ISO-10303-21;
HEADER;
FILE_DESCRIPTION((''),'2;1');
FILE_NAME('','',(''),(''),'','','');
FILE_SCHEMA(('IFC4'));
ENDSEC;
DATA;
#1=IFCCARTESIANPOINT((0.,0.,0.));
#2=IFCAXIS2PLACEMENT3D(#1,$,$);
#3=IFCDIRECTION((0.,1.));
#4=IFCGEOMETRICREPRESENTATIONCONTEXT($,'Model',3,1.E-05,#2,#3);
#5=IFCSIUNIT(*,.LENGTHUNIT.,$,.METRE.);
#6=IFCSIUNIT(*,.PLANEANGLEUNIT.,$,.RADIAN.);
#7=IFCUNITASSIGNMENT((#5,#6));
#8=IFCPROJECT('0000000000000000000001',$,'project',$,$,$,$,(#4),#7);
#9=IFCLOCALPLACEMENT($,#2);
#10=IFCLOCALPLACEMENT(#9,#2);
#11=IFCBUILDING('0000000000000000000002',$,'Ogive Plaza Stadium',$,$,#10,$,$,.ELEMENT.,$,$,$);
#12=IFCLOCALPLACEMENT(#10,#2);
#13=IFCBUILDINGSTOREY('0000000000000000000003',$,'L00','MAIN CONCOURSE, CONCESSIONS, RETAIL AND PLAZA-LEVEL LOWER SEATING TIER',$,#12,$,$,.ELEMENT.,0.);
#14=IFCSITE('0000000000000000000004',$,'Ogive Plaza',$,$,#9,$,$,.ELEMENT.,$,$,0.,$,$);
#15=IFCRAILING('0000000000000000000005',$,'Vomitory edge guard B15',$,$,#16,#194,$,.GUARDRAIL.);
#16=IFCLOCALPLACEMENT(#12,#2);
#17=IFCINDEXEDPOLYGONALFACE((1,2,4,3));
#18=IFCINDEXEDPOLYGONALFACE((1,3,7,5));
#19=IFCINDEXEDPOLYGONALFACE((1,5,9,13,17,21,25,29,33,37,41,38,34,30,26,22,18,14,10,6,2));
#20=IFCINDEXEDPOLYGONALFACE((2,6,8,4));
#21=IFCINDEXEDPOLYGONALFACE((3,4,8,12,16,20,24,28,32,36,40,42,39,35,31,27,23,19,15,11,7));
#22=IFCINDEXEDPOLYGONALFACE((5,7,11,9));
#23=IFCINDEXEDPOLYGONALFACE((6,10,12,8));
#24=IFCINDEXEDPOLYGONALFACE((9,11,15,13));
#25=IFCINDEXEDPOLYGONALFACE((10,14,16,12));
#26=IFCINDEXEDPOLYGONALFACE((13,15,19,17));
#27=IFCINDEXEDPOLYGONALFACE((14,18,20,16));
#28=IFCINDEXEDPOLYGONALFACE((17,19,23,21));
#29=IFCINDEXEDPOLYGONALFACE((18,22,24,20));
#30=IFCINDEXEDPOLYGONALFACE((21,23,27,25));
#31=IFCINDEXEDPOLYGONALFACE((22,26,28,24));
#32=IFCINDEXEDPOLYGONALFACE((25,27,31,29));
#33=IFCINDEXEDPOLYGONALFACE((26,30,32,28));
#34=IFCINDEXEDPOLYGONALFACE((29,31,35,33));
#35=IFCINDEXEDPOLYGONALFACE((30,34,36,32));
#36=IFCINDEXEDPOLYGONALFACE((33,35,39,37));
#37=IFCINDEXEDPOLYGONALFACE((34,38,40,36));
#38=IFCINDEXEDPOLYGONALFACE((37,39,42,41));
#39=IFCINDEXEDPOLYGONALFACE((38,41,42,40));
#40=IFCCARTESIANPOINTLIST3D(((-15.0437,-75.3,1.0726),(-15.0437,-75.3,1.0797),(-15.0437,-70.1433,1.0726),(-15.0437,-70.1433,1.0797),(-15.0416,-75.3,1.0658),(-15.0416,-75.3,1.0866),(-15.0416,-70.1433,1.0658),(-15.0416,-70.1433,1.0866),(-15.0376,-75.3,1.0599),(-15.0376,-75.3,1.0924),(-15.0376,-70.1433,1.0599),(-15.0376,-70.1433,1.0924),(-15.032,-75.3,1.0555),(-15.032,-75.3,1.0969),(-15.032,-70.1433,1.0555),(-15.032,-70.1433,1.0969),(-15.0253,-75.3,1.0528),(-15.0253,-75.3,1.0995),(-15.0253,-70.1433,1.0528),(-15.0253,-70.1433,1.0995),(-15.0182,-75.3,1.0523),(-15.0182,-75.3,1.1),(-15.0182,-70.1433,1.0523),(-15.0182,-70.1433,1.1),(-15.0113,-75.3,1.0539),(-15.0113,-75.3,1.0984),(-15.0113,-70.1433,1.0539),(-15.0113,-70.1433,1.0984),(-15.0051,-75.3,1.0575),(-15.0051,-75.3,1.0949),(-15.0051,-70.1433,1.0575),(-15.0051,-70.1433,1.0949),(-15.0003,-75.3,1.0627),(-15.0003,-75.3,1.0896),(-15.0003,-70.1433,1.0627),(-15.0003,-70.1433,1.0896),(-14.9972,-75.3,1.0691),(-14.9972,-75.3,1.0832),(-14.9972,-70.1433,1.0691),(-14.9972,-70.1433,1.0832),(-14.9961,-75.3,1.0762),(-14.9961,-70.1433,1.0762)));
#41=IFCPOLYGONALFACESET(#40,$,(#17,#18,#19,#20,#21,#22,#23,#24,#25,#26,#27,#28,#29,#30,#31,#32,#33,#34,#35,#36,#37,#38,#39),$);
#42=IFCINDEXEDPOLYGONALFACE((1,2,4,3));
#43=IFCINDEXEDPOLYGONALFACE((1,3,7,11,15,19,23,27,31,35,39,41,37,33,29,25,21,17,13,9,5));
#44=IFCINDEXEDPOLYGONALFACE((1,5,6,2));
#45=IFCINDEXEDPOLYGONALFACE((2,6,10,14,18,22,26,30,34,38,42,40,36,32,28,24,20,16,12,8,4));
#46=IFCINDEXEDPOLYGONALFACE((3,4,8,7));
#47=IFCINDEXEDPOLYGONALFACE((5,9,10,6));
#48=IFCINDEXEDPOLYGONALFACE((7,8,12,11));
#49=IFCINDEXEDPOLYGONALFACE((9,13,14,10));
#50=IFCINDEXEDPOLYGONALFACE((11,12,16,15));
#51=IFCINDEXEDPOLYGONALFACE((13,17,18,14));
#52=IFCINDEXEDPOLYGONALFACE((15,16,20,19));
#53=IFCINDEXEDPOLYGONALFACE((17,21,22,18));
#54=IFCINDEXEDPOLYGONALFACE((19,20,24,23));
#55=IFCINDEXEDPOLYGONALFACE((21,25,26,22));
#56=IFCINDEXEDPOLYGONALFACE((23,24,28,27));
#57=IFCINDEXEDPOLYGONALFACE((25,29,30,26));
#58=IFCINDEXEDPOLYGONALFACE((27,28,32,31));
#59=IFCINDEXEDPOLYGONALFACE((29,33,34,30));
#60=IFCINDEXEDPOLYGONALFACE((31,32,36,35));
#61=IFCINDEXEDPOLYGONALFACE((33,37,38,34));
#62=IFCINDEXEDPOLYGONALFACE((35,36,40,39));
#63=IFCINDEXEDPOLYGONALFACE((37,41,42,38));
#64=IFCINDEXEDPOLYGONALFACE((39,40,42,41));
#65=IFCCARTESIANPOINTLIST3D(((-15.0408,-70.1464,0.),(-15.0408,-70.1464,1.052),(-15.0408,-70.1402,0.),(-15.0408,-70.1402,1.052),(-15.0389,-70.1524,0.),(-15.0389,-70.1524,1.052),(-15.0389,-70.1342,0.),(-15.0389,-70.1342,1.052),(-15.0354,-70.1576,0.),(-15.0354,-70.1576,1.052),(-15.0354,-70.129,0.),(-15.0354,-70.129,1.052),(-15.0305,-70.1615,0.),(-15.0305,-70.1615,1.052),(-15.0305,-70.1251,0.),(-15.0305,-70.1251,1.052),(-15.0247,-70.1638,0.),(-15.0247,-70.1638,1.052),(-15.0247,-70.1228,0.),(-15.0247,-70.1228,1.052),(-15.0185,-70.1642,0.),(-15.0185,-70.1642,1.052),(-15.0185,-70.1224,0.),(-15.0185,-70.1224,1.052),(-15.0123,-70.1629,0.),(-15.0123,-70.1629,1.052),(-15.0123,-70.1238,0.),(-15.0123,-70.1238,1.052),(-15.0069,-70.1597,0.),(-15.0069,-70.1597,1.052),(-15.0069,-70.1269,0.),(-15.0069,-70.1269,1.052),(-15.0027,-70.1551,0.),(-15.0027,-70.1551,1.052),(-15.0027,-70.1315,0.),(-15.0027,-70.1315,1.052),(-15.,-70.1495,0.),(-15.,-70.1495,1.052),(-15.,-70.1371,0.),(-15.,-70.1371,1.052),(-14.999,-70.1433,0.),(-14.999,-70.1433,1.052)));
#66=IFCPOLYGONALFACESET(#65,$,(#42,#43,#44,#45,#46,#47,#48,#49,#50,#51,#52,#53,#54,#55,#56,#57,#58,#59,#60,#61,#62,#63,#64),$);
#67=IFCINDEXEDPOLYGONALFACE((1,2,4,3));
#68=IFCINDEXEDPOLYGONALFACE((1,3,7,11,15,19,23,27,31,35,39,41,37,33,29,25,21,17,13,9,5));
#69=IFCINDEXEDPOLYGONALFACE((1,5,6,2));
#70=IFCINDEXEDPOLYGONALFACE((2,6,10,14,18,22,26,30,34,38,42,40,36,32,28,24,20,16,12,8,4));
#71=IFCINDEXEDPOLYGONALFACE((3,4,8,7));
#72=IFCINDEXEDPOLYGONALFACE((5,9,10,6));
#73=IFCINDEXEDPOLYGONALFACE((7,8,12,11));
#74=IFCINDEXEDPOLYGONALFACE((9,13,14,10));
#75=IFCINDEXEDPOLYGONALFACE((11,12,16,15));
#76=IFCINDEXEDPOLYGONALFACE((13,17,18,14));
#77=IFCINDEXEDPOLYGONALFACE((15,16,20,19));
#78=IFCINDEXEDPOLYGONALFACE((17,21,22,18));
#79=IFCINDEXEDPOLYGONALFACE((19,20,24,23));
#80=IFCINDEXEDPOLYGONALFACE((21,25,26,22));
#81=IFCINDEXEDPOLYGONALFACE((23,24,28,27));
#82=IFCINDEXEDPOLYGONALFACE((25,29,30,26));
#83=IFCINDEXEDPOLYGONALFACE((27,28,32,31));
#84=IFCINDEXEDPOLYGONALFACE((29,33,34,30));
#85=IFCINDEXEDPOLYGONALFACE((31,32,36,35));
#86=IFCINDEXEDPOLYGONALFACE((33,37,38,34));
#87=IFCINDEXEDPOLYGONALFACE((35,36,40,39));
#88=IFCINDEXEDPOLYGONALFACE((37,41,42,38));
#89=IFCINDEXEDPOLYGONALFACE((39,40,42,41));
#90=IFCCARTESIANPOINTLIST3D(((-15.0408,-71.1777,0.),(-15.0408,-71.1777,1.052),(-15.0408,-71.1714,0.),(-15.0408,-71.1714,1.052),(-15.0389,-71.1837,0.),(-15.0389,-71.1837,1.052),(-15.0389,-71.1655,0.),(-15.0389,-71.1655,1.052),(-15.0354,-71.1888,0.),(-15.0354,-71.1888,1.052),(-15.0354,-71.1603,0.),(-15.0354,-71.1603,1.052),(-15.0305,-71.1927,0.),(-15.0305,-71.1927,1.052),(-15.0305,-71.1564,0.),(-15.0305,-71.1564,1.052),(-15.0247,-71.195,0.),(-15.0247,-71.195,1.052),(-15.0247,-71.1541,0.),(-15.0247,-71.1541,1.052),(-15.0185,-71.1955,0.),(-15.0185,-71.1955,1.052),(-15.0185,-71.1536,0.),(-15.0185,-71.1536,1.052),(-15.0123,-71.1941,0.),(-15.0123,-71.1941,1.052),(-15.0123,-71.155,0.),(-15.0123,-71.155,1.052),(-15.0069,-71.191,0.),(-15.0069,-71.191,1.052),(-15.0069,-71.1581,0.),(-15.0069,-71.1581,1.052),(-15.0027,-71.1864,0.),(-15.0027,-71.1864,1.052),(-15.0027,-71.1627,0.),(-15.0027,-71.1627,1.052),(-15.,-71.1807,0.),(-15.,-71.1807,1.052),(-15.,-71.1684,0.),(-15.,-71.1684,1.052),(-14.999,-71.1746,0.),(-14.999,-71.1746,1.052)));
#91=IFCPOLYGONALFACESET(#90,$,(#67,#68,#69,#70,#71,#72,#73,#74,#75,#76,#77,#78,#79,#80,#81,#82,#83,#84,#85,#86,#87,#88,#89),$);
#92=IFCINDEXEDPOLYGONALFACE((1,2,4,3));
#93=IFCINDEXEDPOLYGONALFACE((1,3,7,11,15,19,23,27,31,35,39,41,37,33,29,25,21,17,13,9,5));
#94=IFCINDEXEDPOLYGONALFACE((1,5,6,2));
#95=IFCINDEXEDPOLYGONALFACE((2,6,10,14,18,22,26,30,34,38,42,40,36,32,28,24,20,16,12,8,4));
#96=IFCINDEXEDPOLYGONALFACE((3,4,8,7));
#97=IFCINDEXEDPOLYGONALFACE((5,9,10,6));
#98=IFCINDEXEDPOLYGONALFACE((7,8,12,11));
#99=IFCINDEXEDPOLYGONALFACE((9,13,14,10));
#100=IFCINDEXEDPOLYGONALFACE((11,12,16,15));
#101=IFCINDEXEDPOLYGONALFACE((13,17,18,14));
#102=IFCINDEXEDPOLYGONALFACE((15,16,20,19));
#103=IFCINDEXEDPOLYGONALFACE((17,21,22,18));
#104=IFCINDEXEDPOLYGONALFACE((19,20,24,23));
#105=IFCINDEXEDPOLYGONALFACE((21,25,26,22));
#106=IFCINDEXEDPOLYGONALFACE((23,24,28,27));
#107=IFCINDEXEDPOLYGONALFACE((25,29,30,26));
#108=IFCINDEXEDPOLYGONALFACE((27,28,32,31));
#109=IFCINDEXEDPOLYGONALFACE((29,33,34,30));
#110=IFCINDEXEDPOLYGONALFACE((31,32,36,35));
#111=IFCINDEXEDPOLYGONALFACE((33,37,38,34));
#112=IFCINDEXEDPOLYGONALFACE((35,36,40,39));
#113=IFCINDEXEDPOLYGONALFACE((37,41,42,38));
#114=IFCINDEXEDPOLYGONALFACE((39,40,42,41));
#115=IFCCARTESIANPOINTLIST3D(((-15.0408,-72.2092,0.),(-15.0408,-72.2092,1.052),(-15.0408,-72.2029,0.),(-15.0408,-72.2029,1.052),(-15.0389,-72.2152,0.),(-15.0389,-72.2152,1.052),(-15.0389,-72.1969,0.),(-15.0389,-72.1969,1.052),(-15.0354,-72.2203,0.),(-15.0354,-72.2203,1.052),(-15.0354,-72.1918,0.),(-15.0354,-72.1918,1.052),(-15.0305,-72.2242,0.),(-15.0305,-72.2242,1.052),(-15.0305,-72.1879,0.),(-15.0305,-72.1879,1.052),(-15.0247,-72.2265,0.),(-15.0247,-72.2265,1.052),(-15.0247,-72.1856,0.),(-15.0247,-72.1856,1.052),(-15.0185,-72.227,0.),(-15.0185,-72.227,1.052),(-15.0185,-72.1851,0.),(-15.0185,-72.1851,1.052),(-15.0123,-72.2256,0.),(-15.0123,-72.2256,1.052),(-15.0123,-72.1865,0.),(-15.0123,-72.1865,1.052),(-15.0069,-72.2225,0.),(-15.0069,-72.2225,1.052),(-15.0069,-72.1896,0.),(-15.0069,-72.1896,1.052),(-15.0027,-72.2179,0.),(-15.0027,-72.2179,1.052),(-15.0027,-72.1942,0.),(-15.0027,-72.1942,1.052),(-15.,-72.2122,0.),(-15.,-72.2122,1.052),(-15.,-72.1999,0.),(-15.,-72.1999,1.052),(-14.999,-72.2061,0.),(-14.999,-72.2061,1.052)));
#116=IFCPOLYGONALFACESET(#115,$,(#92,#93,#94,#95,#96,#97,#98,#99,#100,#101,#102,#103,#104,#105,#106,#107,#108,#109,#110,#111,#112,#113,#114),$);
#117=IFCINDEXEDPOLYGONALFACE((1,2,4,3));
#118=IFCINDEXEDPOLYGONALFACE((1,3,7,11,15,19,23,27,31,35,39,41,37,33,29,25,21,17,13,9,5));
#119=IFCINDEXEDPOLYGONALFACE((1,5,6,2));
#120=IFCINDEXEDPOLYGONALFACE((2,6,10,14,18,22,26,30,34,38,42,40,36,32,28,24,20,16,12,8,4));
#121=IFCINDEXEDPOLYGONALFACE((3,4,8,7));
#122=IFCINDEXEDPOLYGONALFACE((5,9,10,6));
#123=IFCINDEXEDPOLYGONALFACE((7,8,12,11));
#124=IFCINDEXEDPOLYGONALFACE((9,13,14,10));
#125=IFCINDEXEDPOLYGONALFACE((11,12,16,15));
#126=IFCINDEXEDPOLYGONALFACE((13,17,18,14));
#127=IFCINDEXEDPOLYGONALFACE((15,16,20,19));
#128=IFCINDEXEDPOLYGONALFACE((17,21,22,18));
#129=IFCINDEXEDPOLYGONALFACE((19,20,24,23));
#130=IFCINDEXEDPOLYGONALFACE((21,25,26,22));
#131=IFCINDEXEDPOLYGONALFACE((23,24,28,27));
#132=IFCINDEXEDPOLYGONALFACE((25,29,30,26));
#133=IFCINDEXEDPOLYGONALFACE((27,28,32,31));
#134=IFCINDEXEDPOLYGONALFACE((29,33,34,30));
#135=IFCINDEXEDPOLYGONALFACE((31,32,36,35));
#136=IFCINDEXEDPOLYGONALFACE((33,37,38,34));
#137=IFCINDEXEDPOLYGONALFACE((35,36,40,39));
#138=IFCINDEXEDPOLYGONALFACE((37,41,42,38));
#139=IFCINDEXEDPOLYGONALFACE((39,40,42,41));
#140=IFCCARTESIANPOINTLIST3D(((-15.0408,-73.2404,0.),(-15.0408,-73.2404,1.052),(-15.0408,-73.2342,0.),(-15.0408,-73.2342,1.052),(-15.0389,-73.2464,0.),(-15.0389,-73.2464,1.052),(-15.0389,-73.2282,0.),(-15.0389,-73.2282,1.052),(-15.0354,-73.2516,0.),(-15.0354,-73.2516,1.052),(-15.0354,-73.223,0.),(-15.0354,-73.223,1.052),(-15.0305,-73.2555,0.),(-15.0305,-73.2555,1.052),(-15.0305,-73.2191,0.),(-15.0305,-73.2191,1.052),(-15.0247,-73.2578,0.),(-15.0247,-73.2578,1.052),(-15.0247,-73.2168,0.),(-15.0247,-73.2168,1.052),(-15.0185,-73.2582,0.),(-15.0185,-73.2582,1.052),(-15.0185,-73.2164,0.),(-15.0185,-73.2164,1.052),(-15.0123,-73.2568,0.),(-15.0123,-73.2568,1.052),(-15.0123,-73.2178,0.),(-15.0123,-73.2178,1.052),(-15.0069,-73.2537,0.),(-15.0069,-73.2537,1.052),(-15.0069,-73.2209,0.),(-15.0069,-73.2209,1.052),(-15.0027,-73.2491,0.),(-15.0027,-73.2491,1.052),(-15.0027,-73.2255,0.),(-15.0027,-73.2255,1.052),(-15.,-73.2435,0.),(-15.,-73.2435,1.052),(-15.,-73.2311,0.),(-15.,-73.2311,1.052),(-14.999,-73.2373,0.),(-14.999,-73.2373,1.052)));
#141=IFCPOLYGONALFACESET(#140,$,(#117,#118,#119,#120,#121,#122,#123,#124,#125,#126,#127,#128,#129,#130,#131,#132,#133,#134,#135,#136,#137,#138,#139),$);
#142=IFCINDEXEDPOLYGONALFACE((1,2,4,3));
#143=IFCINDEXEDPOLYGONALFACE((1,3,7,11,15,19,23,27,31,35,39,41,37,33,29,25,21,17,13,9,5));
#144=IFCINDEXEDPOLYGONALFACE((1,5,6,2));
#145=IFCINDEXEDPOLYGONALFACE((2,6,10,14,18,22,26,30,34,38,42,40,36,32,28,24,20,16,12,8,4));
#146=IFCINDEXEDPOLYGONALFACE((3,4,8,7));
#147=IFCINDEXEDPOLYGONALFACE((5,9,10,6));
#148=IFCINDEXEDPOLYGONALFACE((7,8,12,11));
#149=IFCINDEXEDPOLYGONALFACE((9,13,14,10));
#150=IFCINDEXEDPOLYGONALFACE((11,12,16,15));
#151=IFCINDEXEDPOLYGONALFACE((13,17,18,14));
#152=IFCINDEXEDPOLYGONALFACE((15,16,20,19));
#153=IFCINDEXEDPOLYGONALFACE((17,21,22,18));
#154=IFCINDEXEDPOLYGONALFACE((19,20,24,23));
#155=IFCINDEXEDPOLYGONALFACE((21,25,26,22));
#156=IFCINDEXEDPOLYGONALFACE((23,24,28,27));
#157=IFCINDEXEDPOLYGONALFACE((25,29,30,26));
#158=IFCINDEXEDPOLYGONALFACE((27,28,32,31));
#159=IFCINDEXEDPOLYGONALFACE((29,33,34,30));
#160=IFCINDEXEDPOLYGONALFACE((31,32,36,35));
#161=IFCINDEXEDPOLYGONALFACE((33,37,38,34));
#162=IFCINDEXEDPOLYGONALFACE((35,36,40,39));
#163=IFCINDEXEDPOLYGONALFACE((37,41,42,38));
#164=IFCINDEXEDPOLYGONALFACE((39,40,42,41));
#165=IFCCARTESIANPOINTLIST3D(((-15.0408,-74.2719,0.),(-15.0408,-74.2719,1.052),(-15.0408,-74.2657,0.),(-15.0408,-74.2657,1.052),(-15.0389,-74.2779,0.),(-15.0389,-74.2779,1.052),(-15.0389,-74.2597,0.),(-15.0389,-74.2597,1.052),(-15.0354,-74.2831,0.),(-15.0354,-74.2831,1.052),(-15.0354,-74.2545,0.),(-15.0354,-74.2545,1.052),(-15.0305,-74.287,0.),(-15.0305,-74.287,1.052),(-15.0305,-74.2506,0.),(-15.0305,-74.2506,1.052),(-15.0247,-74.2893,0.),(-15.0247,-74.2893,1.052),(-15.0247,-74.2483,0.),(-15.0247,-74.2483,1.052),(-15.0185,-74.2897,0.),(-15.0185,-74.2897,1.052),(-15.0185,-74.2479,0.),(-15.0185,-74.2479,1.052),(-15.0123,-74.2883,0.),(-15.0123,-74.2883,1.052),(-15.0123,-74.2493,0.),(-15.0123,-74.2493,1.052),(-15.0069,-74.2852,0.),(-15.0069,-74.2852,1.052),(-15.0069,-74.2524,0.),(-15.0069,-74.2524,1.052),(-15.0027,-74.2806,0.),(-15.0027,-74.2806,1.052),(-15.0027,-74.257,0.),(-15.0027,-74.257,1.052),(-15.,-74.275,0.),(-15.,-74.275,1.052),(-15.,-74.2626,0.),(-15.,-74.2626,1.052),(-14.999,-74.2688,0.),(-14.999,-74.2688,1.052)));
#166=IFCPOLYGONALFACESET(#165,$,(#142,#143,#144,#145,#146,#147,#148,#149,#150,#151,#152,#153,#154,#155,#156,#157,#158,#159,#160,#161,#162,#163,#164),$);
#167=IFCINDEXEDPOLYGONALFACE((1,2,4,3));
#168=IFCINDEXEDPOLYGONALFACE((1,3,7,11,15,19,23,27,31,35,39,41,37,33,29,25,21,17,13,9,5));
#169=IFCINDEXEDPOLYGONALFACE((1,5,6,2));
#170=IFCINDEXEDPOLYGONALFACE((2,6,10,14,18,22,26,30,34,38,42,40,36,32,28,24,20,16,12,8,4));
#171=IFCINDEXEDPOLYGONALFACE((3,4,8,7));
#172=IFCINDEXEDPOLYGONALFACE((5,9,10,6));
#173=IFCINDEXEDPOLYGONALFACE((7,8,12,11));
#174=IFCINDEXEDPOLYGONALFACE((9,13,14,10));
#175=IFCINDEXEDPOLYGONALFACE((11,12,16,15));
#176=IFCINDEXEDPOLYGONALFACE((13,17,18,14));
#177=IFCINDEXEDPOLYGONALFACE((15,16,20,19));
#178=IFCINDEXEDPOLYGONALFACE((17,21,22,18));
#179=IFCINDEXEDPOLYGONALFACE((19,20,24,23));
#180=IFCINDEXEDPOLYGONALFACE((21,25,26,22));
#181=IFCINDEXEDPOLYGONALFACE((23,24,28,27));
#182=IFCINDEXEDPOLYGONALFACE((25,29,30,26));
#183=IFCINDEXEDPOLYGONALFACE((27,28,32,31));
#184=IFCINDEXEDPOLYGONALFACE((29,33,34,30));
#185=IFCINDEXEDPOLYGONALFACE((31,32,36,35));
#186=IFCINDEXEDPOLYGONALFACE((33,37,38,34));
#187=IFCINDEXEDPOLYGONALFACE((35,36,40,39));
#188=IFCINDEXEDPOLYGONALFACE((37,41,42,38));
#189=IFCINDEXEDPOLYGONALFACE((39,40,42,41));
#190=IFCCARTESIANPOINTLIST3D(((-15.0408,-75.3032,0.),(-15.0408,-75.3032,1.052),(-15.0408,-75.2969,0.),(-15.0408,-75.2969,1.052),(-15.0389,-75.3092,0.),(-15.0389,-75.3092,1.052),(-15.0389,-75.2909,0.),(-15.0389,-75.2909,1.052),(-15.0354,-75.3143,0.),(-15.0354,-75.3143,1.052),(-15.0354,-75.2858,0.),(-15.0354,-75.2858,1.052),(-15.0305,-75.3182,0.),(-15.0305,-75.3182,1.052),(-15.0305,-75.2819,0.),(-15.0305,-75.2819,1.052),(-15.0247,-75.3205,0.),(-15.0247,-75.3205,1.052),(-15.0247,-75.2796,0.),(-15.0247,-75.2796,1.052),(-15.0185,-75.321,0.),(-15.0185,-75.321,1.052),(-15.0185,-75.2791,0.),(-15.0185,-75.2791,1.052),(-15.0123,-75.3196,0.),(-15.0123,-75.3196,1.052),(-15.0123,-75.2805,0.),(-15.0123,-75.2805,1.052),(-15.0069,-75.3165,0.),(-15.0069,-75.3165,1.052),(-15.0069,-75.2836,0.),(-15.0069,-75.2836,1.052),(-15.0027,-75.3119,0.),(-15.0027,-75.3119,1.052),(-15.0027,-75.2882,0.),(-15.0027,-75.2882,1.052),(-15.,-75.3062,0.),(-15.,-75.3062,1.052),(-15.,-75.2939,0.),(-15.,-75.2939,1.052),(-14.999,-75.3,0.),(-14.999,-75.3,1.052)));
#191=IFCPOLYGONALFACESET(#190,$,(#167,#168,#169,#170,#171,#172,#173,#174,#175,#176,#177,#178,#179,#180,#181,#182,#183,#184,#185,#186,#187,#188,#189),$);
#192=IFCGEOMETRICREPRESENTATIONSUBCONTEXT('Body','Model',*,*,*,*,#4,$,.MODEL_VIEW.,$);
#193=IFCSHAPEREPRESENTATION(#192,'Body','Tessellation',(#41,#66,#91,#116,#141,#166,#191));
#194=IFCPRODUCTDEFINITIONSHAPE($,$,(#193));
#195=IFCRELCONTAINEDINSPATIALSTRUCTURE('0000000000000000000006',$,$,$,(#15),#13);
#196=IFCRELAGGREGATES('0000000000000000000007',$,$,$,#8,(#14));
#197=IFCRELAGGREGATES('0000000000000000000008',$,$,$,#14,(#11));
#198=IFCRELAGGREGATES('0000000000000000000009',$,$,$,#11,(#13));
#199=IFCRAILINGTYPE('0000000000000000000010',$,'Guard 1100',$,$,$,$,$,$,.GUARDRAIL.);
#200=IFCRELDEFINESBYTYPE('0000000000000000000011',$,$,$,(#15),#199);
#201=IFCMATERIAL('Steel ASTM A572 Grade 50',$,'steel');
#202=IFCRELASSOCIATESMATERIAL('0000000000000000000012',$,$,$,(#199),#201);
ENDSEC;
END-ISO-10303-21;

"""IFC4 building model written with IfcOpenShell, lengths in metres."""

from ifc_helpers import new_model, si_unit, direction, frame, origin, origin_2d, place, context, subcontext, project, spatial, circle, extrude, material, type_object, element, save


model = new_model("IFC4")

# Units and contexts
model_context = context("Model", 3, precision=1e-05, world=origin(), true_north=direction((0.0, 1.0)))
body_context = subcontext(model_context, "Body", "Model", "MODEL_VIEW")
ifc_project = project(units=[si_unit("LENGTHUNIT", "METRE"), si_unit("PLANEANGLEUNIT", "RADIAN")], contexts=[model_context])

# Site, building, storey
site_placement = place(None, origin())
site = spatial("IfcSite", under=ifc_project, at=site_placement, Name="Ogive Plaza", CompositionType="ELEMENT", RefElevation=0.0)
building_placement = place(site_placement, origin())
building = spatial("IfcBuilding", under=site, at=building_placement, Name="Ogive Plaza Stadium", CompositionType="ELEMENT")
storey_placement = place(building_placement, origin())
storey = spatial("IfcBuildingStorey", under=building, at=storey_placement, Name="L00", Description="MAIN CONCOURSE, CONCESSIONS, RETAIL AND PLAZA-LEVEL LOWER SEATING TIER", CompositionType="ELEMENT", Elevation=0.0)

# Railing
ifc_material_1 = material(Name="Steel ASTM A572 Grade 50", Category="steel")
railing_type = type_object("IfcRailingType", Name="Guard 1100", PredefinedType="GUARDRAIL", material=ifc_material_1)
for number, where, name in (
    (1, (-15.02, -70.1433, 0.0), "Vomitory edge guard B15"),
):
    element("IfcRailing", number, at=place(storey_placement, frame(where)), inside=storey, type_object=railing_type, Name=name, PredefinedType="GUARDRAIL", context=body_context, shape_type="SweptSolid", body=[
        extrude(circle(Radius=0.0239, at=origin_2d()), frame((0.0, 0.0, 1.0762), z_axis=(0.0, -1.0, 0.0), x_axis=(1.0, 0.0, 0.0)), (0.0, 0.0, 1.0), 5.1567),
        extrude(circle(Radius=0.021, at=origin_2d()), origin(), (0.0, 0.0, 1.0), 1.052),
        extrude(circle(Radius=0.021, at=origin_2d()), frame((0.0, -1.0312, 0.0)), (0.0, 0.0, 1.0), 1.052),
        extrude(circle(Radius=0.021, at=origin_2d()), frame((0.0, -2.0627, 0.0)), (0.0, 0.0, 1.0), 1.052),
        extrude(circle(Radius=0.021, at=origin_2d()), frame((0.0, -3.094, 0.0)), (0.0, 0.0, 1.0), 1.052),
        extrude(circle(Radius=0.021, at=origin_2d()), frame((0.0, -4.1255, 0.0)), (0.0, 0.0, 1.0), 1.052),
        extrude(circle(Radius=0.021, at=origin_2d()), frame((0.0, -5.1567, 0.0)), (0.0, 0.0, 1.0), 1.052),
    ])

save(model, "model.ifc")
